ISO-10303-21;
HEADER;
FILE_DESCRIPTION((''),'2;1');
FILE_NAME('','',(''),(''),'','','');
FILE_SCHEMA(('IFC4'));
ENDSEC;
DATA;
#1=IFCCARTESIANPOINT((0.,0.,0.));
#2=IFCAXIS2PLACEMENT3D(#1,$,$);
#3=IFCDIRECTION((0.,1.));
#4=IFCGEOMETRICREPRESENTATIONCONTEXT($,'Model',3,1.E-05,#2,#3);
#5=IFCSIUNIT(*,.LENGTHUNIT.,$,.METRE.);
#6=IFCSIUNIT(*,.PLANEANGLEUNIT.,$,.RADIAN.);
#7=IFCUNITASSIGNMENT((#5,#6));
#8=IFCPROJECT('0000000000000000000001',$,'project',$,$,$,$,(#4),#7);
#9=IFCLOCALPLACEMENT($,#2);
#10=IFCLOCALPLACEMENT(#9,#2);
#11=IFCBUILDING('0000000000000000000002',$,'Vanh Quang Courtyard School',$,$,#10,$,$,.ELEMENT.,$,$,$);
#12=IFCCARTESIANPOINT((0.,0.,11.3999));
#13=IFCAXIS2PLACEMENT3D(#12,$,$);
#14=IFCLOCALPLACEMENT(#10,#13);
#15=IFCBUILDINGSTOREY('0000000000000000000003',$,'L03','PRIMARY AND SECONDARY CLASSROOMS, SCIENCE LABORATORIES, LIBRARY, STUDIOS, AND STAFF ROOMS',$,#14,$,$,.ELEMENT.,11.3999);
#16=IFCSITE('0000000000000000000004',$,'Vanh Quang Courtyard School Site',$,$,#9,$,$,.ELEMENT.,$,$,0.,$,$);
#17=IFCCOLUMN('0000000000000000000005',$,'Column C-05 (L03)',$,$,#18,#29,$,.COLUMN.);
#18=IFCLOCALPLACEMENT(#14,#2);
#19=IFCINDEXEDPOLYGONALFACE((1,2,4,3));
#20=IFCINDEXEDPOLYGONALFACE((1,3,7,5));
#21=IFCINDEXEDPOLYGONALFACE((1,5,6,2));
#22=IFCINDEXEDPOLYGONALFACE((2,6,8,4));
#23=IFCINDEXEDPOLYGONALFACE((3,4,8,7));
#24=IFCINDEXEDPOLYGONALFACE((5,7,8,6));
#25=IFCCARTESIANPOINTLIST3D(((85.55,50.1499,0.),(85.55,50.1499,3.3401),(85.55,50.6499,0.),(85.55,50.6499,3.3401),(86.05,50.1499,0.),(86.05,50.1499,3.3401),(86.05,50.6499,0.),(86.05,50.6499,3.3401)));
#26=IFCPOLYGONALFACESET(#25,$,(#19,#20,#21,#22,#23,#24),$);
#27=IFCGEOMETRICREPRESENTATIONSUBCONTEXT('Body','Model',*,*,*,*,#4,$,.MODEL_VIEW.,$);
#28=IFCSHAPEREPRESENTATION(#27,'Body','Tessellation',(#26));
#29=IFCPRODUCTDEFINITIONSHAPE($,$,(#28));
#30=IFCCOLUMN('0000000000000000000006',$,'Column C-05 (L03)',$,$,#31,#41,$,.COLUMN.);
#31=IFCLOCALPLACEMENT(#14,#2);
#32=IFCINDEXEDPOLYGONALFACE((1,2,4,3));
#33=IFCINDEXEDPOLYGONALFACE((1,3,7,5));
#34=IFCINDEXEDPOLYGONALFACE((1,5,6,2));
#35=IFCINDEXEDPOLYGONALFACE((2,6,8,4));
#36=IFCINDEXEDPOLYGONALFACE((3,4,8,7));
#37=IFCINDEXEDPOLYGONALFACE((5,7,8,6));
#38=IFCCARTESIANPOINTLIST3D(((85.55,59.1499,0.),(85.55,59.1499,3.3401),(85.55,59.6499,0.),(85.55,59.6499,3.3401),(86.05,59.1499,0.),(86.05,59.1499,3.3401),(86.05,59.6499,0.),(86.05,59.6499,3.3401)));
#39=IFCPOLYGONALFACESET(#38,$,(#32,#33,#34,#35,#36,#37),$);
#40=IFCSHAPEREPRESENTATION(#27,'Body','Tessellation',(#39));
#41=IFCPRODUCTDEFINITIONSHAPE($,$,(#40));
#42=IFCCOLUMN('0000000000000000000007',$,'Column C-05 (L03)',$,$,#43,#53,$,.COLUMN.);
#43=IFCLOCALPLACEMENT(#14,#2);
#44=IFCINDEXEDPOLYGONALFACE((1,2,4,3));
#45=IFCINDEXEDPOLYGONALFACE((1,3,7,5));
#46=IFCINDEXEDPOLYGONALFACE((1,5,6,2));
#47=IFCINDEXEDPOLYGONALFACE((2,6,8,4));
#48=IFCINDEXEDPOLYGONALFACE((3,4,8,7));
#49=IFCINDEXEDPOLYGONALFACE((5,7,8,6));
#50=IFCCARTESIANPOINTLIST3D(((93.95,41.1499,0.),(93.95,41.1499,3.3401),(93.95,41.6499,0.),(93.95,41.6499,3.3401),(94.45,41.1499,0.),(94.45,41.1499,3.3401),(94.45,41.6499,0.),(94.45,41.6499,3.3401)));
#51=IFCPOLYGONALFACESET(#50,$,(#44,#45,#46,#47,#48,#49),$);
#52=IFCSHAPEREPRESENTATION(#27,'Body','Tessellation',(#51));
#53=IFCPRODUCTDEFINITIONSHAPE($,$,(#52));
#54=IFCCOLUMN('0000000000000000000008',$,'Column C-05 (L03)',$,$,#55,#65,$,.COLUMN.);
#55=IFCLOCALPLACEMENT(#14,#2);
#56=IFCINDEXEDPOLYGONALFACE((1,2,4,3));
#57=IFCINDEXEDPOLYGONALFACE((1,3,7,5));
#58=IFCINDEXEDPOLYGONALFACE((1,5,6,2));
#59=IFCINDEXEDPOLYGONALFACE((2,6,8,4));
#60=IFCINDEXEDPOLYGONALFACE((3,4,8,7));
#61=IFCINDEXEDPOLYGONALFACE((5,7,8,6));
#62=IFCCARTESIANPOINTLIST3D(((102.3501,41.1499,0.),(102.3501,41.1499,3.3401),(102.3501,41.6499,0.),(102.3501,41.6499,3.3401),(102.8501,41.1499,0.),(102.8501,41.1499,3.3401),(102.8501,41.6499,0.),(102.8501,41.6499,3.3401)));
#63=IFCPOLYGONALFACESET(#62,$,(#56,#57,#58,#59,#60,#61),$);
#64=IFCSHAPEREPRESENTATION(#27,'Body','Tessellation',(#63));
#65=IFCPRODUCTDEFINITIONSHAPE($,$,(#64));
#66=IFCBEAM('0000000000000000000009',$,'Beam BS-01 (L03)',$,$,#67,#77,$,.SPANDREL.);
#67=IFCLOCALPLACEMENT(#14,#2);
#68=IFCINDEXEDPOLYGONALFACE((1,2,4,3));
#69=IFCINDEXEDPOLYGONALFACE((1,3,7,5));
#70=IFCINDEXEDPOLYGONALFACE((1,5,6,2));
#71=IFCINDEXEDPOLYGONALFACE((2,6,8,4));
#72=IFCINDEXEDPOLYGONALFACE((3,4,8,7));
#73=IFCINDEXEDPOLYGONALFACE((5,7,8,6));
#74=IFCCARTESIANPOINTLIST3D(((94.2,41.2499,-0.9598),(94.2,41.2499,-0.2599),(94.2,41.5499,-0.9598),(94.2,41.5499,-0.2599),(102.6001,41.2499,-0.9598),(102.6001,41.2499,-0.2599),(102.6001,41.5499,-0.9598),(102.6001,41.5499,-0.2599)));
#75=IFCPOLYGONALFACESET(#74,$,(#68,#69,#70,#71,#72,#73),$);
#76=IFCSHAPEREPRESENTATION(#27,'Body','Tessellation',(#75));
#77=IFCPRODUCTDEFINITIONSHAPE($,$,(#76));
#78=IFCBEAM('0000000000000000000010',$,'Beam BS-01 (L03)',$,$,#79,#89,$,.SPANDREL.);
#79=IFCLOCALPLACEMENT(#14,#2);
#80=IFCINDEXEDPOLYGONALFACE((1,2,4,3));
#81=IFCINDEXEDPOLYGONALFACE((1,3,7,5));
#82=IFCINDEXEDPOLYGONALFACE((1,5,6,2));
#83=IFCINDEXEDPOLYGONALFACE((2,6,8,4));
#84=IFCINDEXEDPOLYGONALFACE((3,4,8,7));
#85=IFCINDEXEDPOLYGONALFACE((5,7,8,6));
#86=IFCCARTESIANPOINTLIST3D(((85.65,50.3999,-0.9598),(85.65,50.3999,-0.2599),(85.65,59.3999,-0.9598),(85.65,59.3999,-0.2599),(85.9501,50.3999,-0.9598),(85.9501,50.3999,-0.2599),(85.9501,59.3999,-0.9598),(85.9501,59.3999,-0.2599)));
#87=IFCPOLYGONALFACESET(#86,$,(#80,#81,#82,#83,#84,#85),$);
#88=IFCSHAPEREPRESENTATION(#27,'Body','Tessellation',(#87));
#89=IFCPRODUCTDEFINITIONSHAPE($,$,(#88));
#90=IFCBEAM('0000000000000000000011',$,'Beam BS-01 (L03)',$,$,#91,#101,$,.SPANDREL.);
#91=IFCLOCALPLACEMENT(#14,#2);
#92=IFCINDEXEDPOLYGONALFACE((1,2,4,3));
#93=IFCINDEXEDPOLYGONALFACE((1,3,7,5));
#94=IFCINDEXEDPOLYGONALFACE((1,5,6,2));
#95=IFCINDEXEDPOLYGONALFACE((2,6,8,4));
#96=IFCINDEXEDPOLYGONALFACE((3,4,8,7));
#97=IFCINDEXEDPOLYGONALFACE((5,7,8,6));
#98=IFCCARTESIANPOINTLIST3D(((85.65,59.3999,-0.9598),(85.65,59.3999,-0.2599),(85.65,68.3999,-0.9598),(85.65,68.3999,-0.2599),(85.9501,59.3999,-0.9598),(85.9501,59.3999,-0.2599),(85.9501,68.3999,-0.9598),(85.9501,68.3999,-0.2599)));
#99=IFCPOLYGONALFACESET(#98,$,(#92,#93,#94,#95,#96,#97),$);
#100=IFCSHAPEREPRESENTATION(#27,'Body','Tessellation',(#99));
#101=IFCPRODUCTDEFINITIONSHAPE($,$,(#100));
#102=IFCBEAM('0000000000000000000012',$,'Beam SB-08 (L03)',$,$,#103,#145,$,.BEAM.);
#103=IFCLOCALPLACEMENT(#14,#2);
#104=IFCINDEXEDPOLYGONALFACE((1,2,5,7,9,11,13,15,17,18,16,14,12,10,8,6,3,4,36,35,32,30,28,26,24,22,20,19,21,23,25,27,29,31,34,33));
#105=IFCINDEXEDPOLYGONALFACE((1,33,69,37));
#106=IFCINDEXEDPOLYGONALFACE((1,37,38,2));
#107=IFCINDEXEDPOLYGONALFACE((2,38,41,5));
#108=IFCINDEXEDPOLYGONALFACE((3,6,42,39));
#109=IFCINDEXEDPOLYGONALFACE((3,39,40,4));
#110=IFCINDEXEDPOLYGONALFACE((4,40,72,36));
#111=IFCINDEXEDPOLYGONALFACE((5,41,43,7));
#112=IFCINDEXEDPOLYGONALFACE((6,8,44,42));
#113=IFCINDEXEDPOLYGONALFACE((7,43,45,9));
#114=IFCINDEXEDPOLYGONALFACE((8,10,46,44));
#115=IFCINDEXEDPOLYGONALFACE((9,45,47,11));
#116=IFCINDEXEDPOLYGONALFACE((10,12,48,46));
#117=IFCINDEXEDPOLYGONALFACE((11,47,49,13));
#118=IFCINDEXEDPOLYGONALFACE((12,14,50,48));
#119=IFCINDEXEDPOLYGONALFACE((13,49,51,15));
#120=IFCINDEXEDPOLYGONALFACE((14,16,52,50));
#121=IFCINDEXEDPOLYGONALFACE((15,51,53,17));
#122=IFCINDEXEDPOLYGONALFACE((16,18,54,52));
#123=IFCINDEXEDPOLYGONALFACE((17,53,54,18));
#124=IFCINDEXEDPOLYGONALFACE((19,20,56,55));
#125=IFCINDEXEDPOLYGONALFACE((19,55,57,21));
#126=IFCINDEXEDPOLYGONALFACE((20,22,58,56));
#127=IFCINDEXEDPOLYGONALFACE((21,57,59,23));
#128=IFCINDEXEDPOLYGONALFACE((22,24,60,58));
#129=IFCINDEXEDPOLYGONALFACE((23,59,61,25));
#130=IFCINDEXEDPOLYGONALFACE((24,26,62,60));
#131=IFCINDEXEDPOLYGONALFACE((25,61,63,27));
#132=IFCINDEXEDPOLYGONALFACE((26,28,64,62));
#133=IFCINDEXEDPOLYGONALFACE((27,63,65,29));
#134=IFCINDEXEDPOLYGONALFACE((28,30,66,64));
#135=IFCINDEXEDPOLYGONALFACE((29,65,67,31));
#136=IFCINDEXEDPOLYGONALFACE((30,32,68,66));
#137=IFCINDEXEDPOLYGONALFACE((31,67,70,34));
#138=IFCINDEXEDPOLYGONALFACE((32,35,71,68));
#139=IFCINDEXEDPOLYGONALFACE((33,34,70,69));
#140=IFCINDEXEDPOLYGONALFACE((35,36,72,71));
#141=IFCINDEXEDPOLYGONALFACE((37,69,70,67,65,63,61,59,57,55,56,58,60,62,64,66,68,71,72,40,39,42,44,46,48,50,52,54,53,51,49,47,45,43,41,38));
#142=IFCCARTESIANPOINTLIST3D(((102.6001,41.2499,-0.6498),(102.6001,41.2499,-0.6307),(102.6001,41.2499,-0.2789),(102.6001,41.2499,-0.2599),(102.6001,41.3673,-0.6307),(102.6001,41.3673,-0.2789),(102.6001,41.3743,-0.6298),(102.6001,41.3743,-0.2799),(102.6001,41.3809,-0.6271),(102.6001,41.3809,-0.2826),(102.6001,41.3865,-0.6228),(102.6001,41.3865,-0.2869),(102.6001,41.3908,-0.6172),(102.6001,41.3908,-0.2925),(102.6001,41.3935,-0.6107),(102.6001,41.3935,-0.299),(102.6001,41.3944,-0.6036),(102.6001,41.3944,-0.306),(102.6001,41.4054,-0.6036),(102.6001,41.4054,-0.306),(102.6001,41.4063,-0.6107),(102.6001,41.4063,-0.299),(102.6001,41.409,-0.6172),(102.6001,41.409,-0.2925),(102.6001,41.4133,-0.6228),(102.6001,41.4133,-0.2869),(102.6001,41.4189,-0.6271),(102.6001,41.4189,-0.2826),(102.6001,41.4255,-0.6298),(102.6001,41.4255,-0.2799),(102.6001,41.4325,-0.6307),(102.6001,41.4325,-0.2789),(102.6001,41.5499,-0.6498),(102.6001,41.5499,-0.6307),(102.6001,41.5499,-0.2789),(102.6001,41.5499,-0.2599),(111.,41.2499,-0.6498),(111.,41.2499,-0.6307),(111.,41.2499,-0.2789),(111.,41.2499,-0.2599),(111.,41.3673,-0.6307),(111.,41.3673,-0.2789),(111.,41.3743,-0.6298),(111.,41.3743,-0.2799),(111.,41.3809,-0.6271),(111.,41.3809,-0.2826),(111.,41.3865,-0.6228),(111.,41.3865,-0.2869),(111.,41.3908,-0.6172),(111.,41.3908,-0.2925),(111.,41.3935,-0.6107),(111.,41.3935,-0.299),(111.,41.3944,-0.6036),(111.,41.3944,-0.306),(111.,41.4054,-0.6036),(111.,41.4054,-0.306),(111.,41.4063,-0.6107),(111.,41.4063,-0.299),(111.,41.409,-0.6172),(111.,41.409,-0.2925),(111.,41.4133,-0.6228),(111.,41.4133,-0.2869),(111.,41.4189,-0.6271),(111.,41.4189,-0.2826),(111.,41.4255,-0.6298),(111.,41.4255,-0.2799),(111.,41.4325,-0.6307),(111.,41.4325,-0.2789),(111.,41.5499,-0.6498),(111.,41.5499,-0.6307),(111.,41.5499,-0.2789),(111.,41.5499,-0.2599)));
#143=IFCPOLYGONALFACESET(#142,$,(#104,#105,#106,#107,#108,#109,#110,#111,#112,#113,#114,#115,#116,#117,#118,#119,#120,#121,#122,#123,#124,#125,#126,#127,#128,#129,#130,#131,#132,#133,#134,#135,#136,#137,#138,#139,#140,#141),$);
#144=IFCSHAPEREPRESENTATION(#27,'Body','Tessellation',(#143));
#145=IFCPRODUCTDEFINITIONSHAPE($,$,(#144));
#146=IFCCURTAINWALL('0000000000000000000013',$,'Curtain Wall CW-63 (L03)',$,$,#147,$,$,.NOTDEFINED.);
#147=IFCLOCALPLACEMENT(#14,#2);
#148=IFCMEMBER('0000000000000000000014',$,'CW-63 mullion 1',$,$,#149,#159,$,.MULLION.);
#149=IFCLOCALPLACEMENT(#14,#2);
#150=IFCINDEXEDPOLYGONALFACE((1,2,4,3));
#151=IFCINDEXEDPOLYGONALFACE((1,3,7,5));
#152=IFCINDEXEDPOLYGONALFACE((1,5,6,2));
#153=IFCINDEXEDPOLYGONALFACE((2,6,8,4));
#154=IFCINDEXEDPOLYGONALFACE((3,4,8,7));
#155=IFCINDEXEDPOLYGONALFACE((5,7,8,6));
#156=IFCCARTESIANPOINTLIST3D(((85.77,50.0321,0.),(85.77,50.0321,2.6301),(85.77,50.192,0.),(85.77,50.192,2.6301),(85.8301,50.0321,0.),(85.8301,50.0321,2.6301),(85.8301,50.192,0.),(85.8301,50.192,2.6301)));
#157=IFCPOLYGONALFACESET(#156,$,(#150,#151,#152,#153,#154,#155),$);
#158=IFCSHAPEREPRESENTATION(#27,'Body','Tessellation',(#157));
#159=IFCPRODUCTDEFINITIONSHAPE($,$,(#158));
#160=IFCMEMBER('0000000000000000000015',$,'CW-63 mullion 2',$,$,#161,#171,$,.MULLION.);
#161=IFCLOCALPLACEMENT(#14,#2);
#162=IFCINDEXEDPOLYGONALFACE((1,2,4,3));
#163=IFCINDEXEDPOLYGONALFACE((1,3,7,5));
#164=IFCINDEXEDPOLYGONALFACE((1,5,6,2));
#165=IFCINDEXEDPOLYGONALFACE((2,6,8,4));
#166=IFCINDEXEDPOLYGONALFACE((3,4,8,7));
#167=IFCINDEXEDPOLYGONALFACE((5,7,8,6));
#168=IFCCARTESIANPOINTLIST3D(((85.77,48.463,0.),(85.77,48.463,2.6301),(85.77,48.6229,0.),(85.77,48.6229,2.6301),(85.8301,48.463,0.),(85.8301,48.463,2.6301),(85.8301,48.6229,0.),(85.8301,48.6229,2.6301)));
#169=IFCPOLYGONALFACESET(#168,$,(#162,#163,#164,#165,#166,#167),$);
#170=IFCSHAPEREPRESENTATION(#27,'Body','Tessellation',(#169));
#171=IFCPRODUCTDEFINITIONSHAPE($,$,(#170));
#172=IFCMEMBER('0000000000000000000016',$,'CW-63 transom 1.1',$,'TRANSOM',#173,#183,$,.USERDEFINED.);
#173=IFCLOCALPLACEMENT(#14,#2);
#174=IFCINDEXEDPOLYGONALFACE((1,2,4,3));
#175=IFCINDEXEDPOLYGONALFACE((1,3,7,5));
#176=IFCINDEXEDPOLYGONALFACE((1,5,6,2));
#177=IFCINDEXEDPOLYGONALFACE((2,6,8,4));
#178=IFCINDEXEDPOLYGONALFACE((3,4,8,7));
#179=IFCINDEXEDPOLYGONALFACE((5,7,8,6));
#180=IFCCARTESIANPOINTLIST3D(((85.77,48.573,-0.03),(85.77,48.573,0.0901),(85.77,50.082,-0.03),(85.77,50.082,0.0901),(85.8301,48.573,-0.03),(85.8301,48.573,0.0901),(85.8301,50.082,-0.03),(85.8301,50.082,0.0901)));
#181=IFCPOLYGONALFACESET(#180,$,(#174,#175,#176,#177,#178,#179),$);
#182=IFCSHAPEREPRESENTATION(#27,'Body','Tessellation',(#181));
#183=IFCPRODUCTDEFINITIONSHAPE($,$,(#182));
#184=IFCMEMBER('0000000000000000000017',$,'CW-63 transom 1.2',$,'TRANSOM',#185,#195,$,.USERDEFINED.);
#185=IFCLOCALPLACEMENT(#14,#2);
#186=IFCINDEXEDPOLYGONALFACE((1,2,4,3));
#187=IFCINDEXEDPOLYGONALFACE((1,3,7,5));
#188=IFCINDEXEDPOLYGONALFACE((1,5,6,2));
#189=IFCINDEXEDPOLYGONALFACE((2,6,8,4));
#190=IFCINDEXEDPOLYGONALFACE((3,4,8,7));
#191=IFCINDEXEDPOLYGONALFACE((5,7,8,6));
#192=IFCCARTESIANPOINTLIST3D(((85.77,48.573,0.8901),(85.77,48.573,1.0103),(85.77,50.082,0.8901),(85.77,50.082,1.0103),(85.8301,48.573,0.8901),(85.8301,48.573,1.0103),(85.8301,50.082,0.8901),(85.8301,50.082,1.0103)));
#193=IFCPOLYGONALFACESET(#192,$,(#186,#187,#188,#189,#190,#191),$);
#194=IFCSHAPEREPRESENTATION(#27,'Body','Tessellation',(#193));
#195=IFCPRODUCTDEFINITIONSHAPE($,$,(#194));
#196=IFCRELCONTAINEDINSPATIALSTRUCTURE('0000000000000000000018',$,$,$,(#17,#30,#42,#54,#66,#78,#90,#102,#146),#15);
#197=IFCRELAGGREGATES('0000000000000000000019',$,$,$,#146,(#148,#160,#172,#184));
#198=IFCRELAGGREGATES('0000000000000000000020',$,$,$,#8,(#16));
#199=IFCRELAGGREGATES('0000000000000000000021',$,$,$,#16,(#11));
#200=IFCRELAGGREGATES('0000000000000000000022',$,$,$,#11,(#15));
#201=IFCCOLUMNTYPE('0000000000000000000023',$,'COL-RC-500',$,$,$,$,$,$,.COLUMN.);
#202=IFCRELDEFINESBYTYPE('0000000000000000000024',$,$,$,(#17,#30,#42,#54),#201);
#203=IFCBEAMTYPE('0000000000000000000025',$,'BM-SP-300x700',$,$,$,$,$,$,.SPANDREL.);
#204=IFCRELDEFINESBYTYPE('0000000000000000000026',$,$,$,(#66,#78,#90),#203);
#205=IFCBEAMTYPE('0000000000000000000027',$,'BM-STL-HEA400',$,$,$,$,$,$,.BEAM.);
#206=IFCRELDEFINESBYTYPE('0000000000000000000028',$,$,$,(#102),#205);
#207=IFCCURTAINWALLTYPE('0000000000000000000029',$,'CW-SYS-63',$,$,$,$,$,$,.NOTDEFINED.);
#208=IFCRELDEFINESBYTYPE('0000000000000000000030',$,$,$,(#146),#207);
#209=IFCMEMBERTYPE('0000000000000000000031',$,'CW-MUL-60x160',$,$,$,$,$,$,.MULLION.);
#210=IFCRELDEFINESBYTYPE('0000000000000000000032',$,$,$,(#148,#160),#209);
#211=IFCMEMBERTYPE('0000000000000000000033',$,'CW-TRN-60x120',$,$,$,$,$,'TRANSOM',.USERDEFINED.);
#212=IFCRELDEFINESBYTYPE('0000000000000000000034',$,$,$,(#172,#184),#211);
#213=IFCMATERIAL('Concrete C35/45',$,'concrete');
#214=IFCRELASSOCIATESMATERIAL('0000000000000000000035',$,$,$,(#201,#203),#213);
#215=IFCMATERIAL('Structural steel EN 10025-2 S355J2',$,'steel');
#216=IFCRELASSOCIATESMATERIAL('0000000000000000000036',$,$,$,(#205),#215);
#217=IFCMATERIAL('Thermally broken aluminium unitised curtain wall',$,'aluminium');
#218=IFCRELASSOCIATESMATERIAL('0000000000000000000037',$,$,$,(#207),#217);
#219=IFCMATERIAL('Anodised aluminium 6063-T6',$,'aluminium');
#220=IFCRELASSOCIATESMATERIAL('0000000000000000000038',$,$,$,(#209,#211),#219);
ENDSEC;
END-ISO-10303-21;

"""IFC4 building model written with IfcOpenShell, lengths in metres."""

from ifc_helpers import new_model, si_unit, direction, frame, origin, origin_2d, place, context, subcontext, project, spatial, rectangle, i_section, extrude, material, material_profile, profile_set, type_object, element, aggregate, save


model = new_model("IFC4")

# Units and contexts
model_context = context("Model", 3, precision=1e-05, world=origin(), true_north=direction((0.0, 1.0)))
body_context = subcontext(model_context, "Body", "Model", "MODEL_VIEW")
ifc_project = project(units=[si_unit("LENGTHUNIT", "METRE"), si_unit("PLANEANGLEUNIT", "RADIAN")], contexts=[model_context])

# Site, building, storey
site_placement = place(None, origin())
site = spatial("IfcSite", under=ifc_project, at=site_placement, Name="Vanh Quang Courtyard School Site", CompositionType="ELEMENT", RefElevation=0.0)
building_placement = place(site_placement, origin())
building = spatial("IfcBuilding", under=site, at=building_placement, Name="Vanh Quang Courtyard School", CompositionType="ELEMENT")
storey_placement = place(building_placement, frame((0.0, 0.0, 11.3999)))
storey = spatial("IfcBuildingStorey", under=building, at=storey_placement, Name="L03", Description="PRIMARY AND SECONDARY CLASSROOMS, SCIENCE LABORATORIES, LIBRARY, STUDIOS, AND STAFF ROOMS", CompositionType="ELEMENT", Elevation=11.3999)

# Columns
ifc_material_1 = material(Name="Concrete C35/45", Category="concrete")
ifc_material_profile_1 = material_profile(ifc_material_1, rectangle(XDim=0.5, YDim=0.5, at=origin_2d()), Name="RC-COL 500x500")
ifc_profile_set_1 = profile_set([ifc_material_profile_1], Name="Concrete C35/45")
column_type = type_object("IfcColumnType", Name="COL-RC-500", PredefinedType="COLUMN", material=ifc_profile_set_1)
for number, where, z_axis, x_axis, name in (
    (1, (85.8, 50.3999, 0.0), (0.0, 0.0, 1.0), (1.0, 0.0, 0.0), "Column C-05 (L03)"),
    (2, (85.8, 59.3999, 0.0), (0.0, 0.0, 1.0), (1.0, 0.0, 0.0), "Column C-05 (L03)"),
    (3, (94.2, 41.3999, 0.0), (0.0, 0.0, 1.0), (1.0, 0.0, 0.0), "Column C-05 (L03)"),
    (4, (102.6001, 41.3999, 0.0), (0.0, 0.0, 1.0), (1.0, 0.0, 0.0), "Column C-05 (L03)"),
):
    element("IfcColumn", number, at=place(storey_placement, frame(where, z_axis=z_axis, x_axis=x_axis)), inside=storey, type_object=column_type, Name=name, PredefinedType="COLUMN", context=body_context, shape_type="SweptSolid", body=[
        extrude(rectangle(XDim=0.5, YDim=0.5, at=origin_2d()), origin(), (0.0, 0.0, 1.0), 3.3401),
    ])

# Beams
ifc_material_profile_2 = material_profile(ifc_material_1, rectangle(XDim=0.3, YDim=0.7, at=origin_2d()), Name="RC-SP 300x700")
ifc_profile_set_2 = profile_set([ifc_material_profile_2], Name="Concrete C35/45")
beam_type_1 = type_object("IfcBeamType", Name="BM-SP-300x700", PredefinedType="SPANDREL", material=ifc_profile_set_2)
beam_1_placement = place(storey_placement, frame((94.2, 41.3999, -0.6099), z_axis=(1.0, 0.0, 0.0), x_axis=(0.0, 1.0, 0.0)))
element("IfcBeam", 5, at=beam_1_placement, inside=storey, type_object=beam_type_1, Name="Beam BS-01 (L03)", PredefinedType="SPANDREL", context=body_context, shape_type="SweptSolid", body=[
    extrude(rectangle(XDim=0.3, YDim=0.7, at=origin_2d()), origin(), (0.0, 0.0, 1.0), 8.4001),
])
for number, where, z_axis, x_axis, name in (
    (6, (85.8, 50.3999, -0.6099), (0.0, 1.0, 0.0), (-1.0, 0.0, 0.0), "Beam BS-01 (L03)"),
    (7, (85.8, 59.3999, -0.6099), (0.0, 1.0, 0.0), (-1.0, 0.0, 0.0), "Beam BS-01 (L03)"),
):
    element("IfcBeam", number, at=place(storey_placement, frame(where, z_axis=z_axis, x_axis=x_axis)), inside=storey, type_object=beam_type_1, Name=name, PredefinedType="SPANDREL", context=body_context, shape_type="SweptSolid", body=[
        extrude(rectangle(XDim=0.3, YDim=0.7, at=origin_2d()), origin(), (0.0, 0.0, 1.0), 9.0),
    ])
ifc_material_2 = material(Name="Structural steel EN 10025-2 S355J2", Category="steel")
ifc_material_profile_3 = material_profile(ifc_material_2, i_section(OverallWidth=0.3, OverallDepth=0.3899, WebThickness=0.011, FlangeThickness=0.019, FilletRadius=0.0271, at=origin_2d()), Name="HEA 400")
ifc_profile_set_3 = profile_set([ifc_material_profile_3], Name="Structural steel EN 10025-2 S355J2")
beam_type_2 = type_object("IfcBeamType", Name="BM-STL-HEA400", PredefinedType="BEAM", material=ifc_profile_set_3)
beam_2_placement = place(storey_placement, frame((102.6001, 41.3999, -0.4548), z_axis=(1.0, 0.0, 0.0), x_axis=(0.0, 1.0, 0.0)))
element("IfcBeam", 8, at=beam_2_placement, inside=storey, type_object=beam_type_2, Name="Beam SB-08 (L03)", PredefinedType="BEAM", context=body_context, shape_type="SweptSolid", body=[
    extrude(i_section(OverallWidth=0.3, OverallDepth=0.3899, WebThickness=0.011, FlangeThickness=0.019, FilletRadius=0.0271, at=origin_2d()), origin(), (0.0, 0.0, 1.0), 8.3999),
])

# Curtain wall, members
ifc_material_3 = material(Name="Thermally broken aluminium unitised curtain wall", Category="aluminium")
curtain_wall_type = type_object("IfcCurtainWallType", Name="CW-SYS-63", PredefinedType="NOTDEFINED", material=ifc_material_3)
curtain_wall_placement = place(storey_placement, origin())
curtain_wall = element("IfcCurtainWall", 9, at=curtain_wall_placement, inside=storey, type_object=curtain_wall_type, Name="Curtain Wall CW-63 (L03)", PredefinedType="NOTDEFINED")
ifc_material_4 = material(Name="Anodised aluminium 6063-T6", Category="aluminium")
ifc_material_profile_4 = material_profile(ifc_material_4, rectangle(XDim=0.0601, YDim=0.1599, at=origin_2d()), Name="ALU-MUL 60x160")
ifc_profile_set_4 = profile_set([ifc_material_profile_4], Name="Anodised aluminium 6063-T6")
member_type_1 = type_object("IfcMemberType", Name="CW-MUL-60x160", PredefinedType="MULLION", material=ifc_profile_set_4)
member_1_placement = place(storey_placement, frame((85.8, 50.1121, 0.0), z_axis=(0.0, 0.0, 1.0), x_axis=(1.0, 0.0, 0.0)))
member_1 = element("IfcMember", 10, at=member_1_placement, type_object=member_type_1, Name="CW-63 mullion 1", PredefinedType="MULLION", context=body_context, shape_type="SweptSolid", body=[
    extrude(rectangle(XDim=0.0601, YDim=0.1599, at=origin_2d()), origin(), (0.0, 0.0, 1.0), 2.6301),
])
member_2_placement = place(storey_placement, frame((85.8, 48.543, 0.0), z_axis=(0.0, 0.0, 1.0), x_axis=(1.0, 0.0, 0.0)))
member_2 = element("IfcMember", 11, at=member_2_placement, type_object=member_type_1, Name="CW-63 mullion 2", PredefinedType="MULLION", context=body_context, shape_type="SweptSolid", body=[
    extrude(rectangle(XDim=0.0601, YDim=0.1599, at=origin_2d()), origin(), (0.0, 0.0, 1.0), 2.6301),
])
ifc_material_profile_5 = material_profile(ifc_material_4, rectangle(XDim=0.0601, YDim=0.1201, at=origin_2d()), Name="ALU-TRN 60x120")
ifc_profile_set_5 = profile_set([ifc_material_profile_5], Name="Anodised aluminium 6063-T6")
member_type_2 = type_object("IfcMemberType", Name="CW-TRN-60x120", ElementType="TRANSOM", PredefinedType="USERDEFINED", material=ifc_profile_set_5)
member_3_placement = place(storey_placement, frame((85.8, 50.082, 0.03), z_axis=(0.0, -1.0, 0.0), x_axis=(1.0, 0.0, 0.0)))
member_3 = element("IfcMember", 12, at=member_3_placement, type_object=member_type_2, Name="CW-63 transom 1.1", ObjectType="TRANSOM", PredefinedType="USERDEFINED", context=body_context, shape_type="SweptSolid", body=[
    extrude(rectangle(XDim=0.0601, YDim=0.1201, at=origin_2d()), origin(), (0.0, 0.0, 1.0), 1.509),
])
member_4_placement = place(storey_placement, frame((85.8, 50.082, 0.9502), z_axis=(0.0, -1.0, 0.0), x_axis=(1.0, 0.0, 0.0)))
member_4 = element("IfcMember", 13, at=member_4_placement, type_object=member_type_2, Name="CW-63 transom 1.2", ObjectType="TRANSOM", PredefinedType="USERDEFINED", context=body_context, shape_type="SweptSolid", body=[
    extrude(rectangle(XDim=0.0601, YDim=0.1201, at=origin_2d()), origin(), (0.0, 0.0, 1.0), 1.509),
])
aggregate(curtain_wall, [member_1, member_2, member_3, member_4])

save(model, "model.ifc")
